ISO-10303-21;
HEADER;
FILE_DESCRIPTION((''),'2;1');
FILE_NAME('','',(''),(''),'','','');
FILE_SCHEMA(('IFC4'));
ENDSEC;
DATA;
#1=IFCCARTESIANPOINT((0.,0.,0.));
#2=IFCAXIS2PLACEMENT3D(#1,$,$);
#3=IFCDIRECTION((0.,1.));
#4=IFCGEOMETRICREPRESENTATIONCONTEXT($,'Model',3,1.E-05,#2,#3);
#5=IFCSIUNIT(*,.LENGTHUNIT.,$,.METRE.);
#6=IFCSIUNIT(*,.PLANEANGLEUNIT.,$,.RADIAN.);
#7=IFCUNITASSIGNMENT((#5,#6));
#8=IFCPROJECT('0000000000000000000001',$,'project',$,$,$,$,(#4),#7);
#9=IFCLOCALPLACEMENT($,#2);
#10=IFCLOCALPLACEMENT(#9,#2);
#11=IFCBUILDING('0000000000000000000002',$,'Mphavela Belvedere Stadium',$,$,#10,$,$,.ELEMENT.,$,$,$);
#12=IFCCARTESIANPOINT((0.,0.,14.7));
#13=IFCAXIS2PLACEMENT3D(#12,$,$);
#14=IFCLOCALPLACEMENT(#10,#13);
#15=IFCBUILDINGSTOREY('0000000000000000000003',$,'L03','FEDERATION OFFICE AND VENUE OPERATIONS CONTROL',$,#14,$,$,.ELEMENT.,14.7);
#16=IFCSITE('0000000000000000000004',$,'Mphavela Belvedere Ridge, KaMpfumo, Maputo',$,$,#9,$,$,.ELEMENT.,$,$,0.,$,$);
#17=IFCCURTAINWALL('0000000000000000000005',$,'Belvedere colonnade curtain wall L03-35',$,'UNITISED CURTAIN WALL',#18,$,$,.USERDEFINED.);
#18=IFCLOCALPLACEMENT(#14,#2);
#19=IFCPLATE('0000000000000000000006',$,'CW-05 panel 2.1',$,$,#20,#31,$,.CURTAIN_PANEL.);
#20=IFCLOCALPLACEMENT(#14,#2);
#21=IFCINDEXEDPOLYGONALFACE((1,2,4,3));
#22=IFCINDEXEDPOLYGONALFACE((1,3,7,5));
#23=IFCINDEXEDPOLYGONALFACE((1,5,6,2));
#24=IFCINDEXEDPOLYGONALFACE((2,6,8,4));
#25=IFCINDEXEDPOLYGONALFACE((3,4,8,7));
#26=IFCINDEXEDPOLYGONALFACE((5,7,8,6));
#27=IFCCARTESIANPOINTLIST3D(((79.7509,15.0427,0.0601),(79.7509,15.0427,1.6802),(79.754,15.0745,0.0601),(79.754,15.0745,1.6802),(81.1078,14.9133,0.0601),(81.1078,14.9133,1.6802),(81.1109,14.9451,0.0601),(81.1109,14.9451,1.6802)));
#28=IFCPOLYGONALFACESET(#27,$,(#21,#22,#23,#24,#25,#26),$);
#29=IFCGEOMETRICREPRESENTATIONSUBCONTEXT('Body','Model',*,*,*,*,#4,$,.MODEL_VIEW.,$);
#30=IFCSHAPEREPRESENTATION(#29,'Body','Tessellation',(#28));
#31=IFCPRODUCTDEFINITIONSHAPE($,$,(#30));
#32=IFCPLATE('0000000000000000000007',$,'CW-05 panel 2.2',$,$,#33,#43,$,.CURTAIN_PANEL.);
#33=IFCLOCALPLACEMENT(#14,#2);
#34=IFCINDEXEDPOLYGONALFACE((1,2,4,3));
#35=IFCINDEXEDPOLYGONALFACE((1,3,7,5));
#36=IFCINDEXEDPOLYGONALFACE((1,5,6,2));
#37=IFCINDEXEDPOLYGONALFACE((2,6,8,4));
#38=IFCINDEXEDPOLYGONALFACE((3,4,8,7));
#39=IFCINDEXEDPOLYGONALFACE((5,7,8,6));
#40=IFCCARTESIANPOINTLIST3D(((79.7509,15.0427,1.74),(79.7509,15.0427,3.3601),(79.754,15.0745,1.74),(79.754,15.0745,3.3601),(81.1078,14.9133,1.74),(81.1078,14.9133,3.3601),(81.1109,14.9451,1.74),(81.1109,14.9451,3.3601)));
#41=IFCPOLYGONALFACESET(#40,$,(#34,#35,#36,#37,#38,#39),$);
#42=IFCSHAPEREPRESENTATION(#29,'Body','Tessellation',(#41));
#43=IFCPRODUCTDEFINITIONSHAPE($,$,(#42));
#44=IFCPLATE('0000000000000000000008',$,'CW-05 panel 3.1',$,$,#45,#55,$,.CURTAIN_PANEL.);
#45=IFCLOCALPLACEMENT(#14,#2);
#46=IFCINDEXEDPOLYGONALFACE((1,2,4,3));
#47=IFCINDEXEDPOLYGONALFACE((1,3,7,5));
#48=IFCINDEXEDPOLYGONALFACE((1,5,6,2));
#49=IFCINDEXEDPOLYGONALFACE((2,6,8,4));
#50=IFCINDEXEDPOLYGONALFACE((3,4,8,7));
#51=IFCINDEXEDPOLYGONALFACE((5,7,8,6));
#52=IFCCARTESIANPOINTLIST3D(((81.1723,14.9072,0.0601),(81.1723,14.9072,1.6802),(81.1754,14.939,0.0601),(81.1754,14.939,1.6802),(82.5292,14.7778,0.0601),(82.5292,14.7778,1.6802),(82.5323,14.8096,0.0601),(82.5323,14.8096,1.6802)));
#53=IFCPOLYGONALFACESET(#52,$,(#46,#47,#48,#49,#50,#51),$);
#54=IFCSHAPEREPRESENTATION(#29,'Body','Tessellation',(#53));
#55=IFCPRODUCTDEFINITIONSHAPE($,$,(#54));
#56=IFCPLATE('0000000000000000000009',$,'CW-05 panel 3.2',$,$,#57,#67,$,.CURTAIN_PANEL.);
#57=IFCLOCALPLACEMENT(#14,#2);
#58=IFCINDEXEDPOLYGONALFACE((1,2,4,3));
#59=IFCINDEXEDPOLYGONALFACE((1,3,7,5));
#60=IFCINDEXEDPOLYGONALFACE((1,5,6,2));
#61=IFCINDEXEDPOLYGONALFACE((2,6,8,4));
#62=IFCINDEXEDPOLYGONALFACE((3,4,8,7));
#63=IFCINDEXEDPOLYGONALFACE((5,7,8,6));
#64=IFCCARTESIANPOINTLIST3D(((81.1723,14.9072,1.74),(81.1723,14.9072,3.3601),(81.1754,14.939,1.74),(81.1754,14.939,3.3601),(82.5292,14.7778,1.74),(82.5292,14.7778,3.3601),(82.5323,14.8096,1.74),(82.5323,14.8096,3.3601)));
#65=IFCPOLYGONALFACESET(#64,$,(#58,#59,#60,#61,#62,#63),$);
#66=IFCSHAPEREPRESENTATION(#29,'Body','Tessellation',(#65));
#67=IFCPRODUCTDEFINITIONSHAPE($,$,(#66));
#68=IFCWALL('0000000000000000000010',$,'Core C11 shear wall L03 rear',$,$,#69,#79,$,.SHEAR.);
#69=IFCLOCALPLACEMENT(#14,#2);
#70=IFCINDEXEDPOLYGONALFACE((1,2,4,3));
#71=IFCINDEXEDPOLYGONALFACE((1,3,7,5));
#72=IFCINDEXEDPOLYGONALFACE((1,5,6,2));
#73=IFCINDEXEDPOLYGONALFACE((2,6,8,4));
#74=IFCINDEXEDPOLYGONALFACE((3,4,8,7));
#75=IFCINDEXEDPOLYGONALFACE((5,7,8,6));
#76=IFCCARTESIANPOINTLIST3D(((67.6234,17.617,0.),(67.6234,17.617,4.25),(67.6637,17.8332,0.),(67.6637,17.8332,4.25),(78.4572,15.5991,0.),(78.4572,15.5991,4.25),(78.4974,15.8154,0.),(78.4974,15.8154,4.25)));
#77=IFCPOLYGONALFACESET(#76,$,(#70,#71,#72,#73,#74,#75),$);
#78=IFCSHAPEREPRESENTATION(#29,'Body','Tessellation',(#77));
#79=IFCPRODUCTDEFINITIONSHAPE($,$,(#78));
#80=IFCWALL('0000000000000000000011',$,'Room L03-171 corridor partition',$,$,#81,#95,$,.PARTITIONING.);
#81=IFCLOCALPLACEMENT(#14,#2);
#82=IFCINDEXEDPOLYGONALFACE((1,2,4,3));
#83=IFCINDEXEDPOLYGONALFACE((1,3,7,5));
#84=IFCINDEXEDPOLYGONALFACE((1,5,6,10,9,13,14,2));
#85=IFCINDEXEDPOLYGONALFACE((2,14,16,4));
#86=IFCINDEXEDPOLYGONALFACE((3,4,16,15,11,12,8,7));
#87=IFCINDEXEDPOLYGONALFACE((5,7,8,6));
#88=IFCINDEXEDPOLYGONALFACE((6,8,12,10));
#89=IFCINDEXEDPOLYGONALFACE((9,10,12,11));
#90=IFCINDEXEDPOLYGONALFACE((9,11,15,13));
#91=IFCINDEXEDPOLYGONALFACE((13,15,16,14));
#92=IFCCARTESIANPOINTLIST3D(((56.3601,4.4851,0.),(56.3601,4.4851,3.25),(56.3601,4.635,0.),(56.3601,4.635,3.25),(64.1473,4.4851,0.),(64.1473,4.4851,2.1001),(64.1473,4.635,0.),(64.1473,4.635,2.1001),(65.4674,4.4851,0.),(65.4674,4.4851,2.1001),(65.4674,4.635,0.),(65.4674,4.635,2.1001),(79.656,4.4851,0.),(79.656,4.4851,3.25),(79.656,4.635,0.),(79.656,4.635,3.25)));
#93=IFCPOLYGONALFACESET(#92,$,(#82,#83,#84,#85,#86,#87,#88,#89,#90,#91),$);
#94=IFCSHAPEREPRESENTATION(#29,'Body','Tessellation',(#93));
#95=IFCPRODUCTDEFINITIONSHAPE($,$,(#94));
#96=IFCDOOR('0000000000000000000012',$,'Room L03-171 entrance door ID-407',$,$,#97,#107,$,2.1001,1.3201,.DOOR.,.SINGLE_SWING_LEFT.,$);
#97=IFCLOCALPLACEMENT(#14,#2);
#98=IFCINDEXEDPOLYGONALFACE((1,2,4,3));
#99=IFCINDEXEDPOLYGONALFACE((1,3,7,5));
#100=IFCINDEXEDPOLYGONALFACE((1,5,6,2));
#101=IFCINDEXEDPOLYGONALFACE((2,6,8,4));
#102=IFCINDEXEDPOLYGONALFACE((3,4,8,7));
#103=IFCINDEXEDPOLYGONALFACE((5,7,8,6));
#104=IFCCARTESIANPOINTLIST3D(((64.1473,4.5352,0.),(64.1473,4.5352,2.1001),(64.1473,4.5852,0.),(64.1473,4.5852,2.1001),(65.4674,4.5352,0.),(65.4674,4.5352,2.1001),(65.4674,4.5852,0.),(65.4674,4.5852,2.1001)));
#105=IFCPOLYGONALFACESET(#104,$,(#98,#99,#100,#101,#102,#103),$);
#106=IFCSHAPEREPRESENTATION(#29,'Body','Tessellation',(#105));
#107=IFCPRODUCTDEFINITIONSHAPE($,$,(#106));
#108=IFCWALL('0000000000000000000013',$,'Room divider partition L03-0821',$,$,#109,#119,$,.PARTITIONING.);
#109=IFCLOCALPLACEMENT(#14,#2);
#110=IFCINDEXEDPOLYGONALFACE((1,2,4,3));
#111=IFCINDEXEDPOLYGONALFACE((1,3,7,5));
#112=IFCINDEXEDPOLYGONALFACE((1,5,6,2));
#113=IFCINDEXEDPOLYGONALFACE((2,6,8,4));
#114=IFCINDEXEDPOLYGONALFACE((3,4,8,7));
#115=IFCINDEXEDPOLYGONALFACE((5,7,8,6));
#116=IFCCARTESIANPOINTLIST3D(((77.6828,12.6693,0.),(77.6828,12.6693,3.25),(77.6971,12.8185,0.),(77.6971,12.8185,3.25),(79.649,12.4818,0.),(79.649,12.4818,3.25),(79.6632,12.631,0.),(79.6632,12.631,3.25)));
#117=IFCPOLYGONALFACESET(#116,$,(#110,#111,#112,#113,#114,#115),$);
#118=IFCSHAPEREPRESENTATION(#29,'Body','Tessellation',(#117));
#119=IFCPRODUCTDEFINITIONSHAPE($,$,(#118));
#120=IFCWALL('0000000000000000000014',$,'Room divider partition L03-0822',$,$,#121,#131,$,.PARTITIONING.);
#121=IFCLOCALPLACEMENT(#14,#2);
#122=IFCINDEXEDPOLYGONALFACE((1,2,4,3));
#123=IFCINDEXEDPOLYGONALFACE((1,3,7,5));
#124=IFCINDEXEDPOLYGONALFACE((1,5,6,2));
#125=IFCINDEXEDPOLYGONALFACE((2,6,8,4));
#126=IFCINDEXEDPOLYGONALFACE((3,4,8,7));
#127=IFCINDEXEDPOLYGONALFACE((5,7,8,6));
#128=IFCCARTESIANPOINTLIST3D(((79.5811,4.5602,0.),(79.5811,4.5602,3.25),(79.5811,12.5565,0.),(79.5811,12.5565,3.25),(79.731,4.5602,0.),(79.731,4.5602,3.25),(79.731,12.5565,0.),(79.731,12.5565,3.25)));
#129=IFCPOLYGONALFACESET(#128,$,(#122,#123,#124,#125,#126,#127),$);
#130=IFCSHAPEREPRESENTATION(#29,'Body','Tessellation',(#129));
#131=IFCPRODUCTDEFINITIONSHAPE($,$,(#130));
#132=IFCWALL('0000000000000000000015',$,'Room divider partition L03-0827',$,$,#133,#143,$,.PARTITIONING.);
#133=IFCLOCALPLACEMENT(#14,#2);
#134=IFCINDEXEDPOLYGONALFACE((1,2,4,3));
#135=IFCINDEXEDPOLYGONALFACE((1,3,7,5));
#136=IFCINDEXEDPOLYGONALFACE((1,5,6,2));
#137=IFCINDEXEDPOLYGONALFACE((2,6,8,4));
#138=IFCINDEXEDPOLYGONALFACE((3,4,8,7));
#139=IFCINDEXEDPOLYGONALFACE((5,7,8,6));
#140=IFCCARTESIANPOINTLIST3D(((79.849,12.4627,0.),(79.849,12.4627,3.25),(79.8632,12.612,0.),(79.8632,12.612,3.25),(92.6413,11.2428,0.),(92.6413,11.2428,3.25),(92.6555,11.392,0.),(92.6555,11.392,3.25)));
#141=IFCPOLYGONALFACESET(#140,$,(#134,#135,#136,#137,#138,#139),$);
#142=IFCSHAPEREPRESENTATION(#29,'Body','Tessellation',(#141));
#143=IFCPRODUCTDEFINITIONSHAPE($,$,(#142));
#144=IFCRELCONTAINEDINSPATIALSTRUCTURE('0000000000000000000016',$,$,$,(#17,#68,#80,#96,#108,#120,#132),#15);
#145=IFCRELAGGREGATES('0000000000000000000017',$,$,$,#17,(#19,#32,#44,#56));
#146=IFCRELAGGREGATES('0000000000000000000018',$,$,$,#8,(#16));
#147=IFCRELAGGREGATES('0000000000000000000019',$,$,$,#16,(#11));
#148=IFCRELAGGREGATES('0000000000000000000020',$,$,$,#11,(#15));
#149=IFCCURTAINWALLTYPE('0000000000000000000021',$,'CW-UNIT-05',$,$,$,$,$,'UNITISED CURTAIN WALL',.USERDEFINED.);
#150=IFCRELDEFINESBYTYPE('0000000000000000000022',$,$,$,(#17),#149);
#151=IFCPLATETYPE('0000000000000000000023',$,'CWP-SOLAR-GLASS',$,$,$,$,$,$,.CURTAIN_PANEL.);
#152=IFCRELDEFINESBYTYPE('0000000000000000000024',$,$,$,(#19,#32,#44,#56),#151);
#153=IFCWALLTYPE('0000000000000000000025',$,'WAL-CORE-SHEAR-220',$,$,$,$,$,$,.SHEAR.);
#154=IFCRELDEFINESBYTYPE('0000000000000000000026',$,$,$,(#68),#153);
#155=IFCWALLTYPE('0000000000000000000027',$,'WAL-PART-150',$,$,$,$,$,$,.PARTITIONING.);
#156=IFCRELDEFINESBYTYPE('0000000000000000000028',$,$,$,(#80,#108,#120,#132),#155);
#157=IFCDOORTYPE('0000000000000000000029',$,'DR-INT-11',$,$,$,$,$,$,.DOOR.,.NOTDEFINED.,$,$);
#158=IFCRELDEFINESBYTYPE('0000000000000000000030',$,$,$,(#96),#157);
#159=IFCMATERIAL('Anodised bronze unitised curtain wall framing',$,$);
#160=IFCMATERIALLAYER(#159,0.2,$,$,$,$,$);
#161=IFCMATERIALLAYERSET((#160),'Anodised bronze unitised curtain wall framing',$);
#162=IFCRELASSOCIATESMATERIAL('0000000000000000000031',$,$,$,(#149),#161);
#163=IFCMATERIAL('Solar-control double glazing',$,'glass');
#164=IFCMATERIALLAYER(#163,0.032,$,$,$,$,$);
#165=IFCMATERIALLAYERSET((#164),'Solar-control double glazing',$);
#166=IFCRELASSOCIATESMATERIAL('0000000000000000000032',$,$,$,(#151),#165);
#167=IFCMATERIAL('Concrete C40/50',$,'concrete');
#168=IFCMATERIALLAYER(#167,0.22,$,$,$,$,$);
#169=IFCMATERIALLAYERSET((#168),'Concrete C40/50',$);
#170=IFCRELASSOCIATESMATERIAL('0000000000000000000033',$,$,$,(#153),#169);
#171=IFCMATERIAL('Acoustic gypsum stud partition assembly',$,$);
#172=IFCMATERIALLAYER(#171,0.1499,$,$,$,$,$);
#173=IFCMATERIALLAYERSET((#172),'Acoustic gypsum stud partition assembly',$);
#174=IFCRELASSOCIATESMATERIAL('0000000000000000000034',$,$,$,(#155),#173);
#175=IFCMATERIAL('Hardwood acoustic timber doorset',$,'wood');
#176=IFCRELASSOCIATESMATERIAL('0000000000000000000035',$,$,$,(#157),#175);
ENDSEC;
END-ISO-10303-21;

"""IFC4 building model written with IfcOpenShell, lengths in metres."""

from ifc_helpers import new_model, si_unit, direction, frame, frame_2d, origin, origin_2d, place, context, subcontext, project, spatial, rectangle, extrude, material, layer, layer_set, type_object, element, fill, aggregate, save


model = new_model("IFC4")

# Units and contexts
model_context = context("Model", 3, precision=1e-05, world=origin(), true_north=direction((0.0, 1.0)))
body_context = subcontext(model_context, "Body", "Model", "MODEL_VIEW")
ifc_project = project(units=[si_unit("LENGTHUNIT", "METRE"), si_unit("PLANEANGLEUNIT", "RADIAN")], contexts=[model_context])

# Site, building, storey
site_placement = place(None, origin())
site = spatial("IfcSite", under=ifc_project, at=site_placement, Name="Mphavela Belvedere Ridge, KaMpfumo, Maputo", CompositionType="ELEMENT", RefElevation=0.0)
building_placement = place(site_placement, origin())
building = spatial("IfcBuilding", under=site, at=building_placement, Name="Mphavela Belvedere Stadium", CompositionType="ELEMENT")
storey_placement = place(building_placement, frame((0.0, 0.0, 14.7)))
storey = spatial("IfcBuildingStorey", under=building, at=storey_placement, Name="L03", Description="FEDERATION OFFICE AND VENUE OPERATIONS CONTROL", CompositionType="ELEMENT", Elevation=14.7)

# Curtain wall
ifc_material_1 = material(Name="Anodised bronze unitised curtain wall framing")
ifc_layer_1 = layer(ifc_material_1, 0.2)
ifc_layer_set_1 = layer_set([ifc_layer_1], Name="Anodised bronze unitised curtain wall framing")
curtain_wall_type_1 = type_object("IfcCurtainWallType", Name="CW-UNIT-05", ElementType="UNITISED CURTAIN WALL", PredefinedType="USERDEFINED", material=ifc_layer_set_1)
curtain_wall_1_placement = place(storey_placement, origin())
curtain_wall_1 = element("IfcCurtainWall", 1, at=curtain_wall_1_placement, inside=storey, type_object=curtain_wall_type_1, Name="Belvedere colonnade curtain wall L03-35", ObjectType="UNITISED CURTAIN WALL", PredefinedType="USERDEFINED")

# Plates
ifc_material_2 = material(Name="Solar-control double glazing", Category="glass")
ifc_layer_2 = layer(ifc_material_2, 0.032)
ifc_layer_set_2 = layer_set([ifc_layer_2], Name="Solar-control double glazing")
plate_type = type_object("IfcPlateType", Name="CWP-SOLAR-GLASS", PredefinedType="CURTAIN_PANEL", material=ifc_layer_set_2)
plate_1_placement = place(storey_placement, frame((80.4309, 14.9939, 0.0601), z_axis=(0.0, 0.0, 1.0), x_axis=(0.995484, -0.094929, 0.0)))
plate_1 = element("IfcPlate", 2, at=plate_1_placement, type_object=plate_type, Name="CW-05 panel 2.1", PredefinedType="CURTAIN_PANEL", context=body_context, shape_type="SweptSolid", body=[
    extrude(rectangle(XDim=1.363, YDim=0.032, at=origin_2d()), origin(), (0.0, 0.0, 1.0), 1.6201),
])
plate_2_placement = place(storey_placement, frame((80.4309, 14.9939, 1.74), z_axis=(0.0, 0.0, 1.0), x_axis=(0.995484, -0.094929, 0.0)))
plate_2 = element("IfcPlate", 3, at=plate_2_placement, type_object=plate_type, Name="CW-05 panel 2.2", PredefinedType="CURTAIN_PANEL", context=body_context, shape_type="SweptSolid", body=[
    extrude(rectangle(XDim=1.363, YDim=0.032, at=origin_2d()), origin(), (0.0, 0.0, 1.0), 1.6201),
])
plate_3_placement = place(storey_placement, frame((81.8523, 14.8584, 0.0601), z_axis=(0.0, 0.0, 1.0), x_axis=(0.995484, -0.094929, 0.0)))
plate_3 = element("IfcPlate", 4, at=plate_3_placement, type_object=plate_type, Name="CW-05 panel 3.1", PredefinedType="CURTAIN_PANEL", context=body_context, shape_type="SweptSolid", body=[
    extrude(rectangle(XDim=1.363, YDim=0.032, at=origin_2d()), origin(), (0.0, 0.0, 1.0), 1.6201),
])
plate_4_placement = place(storey_placement, frame((81.8523, 14.8584, 1.74), z_axis=(0.0, 0.0, 1.0), x_axis=(0.995484, -0.094929, 0.0)))
plate_4 = element("IfcPlate", 5, at=plate_4_placement, type_object=plate_type, Name="CW-05 panel 3.2", PredefinedType="CURTAIN_PANEL", context=body_context, shape_type="SweptSolid", body=[
    extrude(rectangle(XDim=1.363, YDim=0.032, at=origin_2d()), origin(), (0.0, 0.0, 1.0), 1.6201),
])
aggregate(curtain_wall_1, [plate_1, plate_2, plate_3, plate_4])

# Wall
ifc_material_3 = material(Name="Concrete C40/50", Category="concrete")
ifc_layer_3 = layer(ifc_material_3, 0.22)
ifc_layer_set_3 = layer_set([ifc_layer_3], Name="Concrete C40/50")
wall_type_1 = type_object("IfcWallType", Name="WAL-CORE-SHEAR-220", PredefinedType="SHEAR", material=ifc_layer_set_3)
wall_1_placement = place(storey_placement, frame((78.4773, 15.7073, 0.0), z_axis=(0.0, 0.0, 1.0), x_axis=(-0.983093, 0.183105, 0.0)))
element("IfcWall", 6, at=wall_1_placement, inside=storey, type_object=wall_type_1, Name="Core C11 shear wall L03 rear", PredefinedType="SHEAR", context=body_context, shape_type="SweptSolid", body=[
    extrude(rectangle(XDim=11.02, YDim=0.22, at=frame_2d((5.51, 0.0))), origin(), (0.0, 0.0, 1.0), 4.25),
])

# Wall, opening, door
ifc_material_4 = material(Name="Acoustic gypsum stud partition assembly")
ifc_layer_4 = layer(ifc_material_4, 0.1499)
ifc_layer_set_4 = layer_set([ifc_layer_4], Name="Acoustic gypsum stud partition assembly")
wall_type_2 = type_object("IfcWallType", Name="WAL-PART-150", PredefinedType="PARTITIONING", material=ifc_layer_set_4)
wall_2_placement = place(storey_placement, frame((79.656, 4.5601, 0.0), z_axis=(0.0, 0.0, 1.0), x_axis=(-1.0, 0.0, 0.0)))
wall_2 = element("IfcWall", 7, at=wall_2_placement, inside=storey, type_object=wall_type_2, Name="Room L03-171 corridor partition", PredefinedType="PARTITIONING", context=body_context, shape_type="SweptSolid", body=[
    extrude(rectangle(XDim=23.2959, YDim=0.1499, at=frame_2d((11.6479, 0.0))), origin(), (0.0, 0.0, 1.0), 3.25),
])
opening_placement = place(wall_2_placement, frame((14.1885, 0.0, 0.0)))
opening = element("IfcOpeningElement", 8, at=opening_placement, cuts=wall_2, PredefinedType="OPENING", context=body_context, shape_type="SweptSolid", body=[
    extrude(rectangle(XDim=1.3201, YDim=2.1001, at=frame_2d((0.6602, 1.05))), frame((0.0, 0.085, 0.0), z_axis=(0.0, -1.0, 0.0), x_axis=(1.0, 0.0, 0.0)), (0.0, 0.0, 1.0), 0.1699),
])
ifc_material_5 = material(Name="Hardwood acoustic timber doorset", Category="wood")
door_type = type_object("IfcDoorType", Name="DR-INT-11", OperationType="NOTDEFINED", PredefinedType="DOOR", material=ifc_material_5)
door_placement = place(opening_placement, origin())
door = element("IfcDoor", 9, at=door_placement, inside=storey, type_object=door_type, Name="Room L03-171 entrance door ID-407", OperationType="SINGLE_SWING_LEFT", OverallHeight=2.1001, OverallWidth=1.3201, PredefinedType="DOOR", context=body_context, shape_type="SweptSolid", body=[
    extrude(rectangle(XDim=1.3201, YDim=2.1001, at=frame_2d((0.6602, 1.05))), frame((0.0, 0.0249, 0.0), z_axis=(0.0, -1.0, 0.0), x_axis=(1.0, 0.0, 0.0)), (0.0, 0.0, 1.0), 0.05),
])
fill(opening, door)

# Walls
wall_3_placement = place(storey_placement, frame((77.6899, 12.7439, 0.0), z_axis=(0.0, 0.0, 1.0), x_axis=(0.995483, -0.094937, 0.0)))
element("IfcWall", 10, at=wall_3_placement, inside=storey, type_object=wall_type_2, Name="Room divider partition L03-0821", PredefinedType="PARTITIONING", context=body_context, shape_type="SweptSolid", body=[
    extrude(rectangle(XDim=1.9751, YDim=0.1499, at=frame_2d((0.9875, 0.0))), origin(), (0.0, 0.0, 1.0), 3.25),
])
wall_4_placement = place(storey_placement, frame((79.656, 12.5564, 0.0), z_axis=(0.0, 0.0, 1.0), x_axis=(0.0, -1.0, 0.0)))
element("IfcWall", 11, at=wall_4_placement, inside=storey, type_object=wall_type_2, Name="Room divider partition L03-0822", PredefinedType="PARTITIONING", context=body_context, shape_type="SweptSolid", body=[
    extrude(rectangle(XDim=7.9963, YDim=0.1499, at=frame_2d((3.998, 0.0))), origin(), (0.0, 0.0, 1.0), 3.25),
])
wall_5_placement = place(storey_placement, frame((79.856, 12.5374, 0.0), z_axis=(0.0, 0.0, 1.0), x_axis=(0.995483, -0.094937, 0.0)))
element("IfcWall", 12, at=wall_5_placement, inside=storey, type_object=wall_type_2, Name="Room divider partition L03-0827", PredefinedType="PARTITIONING", context=body_context, shape_type="SweptSolid", body=[
    extrude(rectangle(XDim=12.8503, YDim=0.1499, at=frame_2d((6.4253, 0.0))), origin(), (0.0, 0.0, 1.0), 3.25),
])

save(model, "model.ifc")
